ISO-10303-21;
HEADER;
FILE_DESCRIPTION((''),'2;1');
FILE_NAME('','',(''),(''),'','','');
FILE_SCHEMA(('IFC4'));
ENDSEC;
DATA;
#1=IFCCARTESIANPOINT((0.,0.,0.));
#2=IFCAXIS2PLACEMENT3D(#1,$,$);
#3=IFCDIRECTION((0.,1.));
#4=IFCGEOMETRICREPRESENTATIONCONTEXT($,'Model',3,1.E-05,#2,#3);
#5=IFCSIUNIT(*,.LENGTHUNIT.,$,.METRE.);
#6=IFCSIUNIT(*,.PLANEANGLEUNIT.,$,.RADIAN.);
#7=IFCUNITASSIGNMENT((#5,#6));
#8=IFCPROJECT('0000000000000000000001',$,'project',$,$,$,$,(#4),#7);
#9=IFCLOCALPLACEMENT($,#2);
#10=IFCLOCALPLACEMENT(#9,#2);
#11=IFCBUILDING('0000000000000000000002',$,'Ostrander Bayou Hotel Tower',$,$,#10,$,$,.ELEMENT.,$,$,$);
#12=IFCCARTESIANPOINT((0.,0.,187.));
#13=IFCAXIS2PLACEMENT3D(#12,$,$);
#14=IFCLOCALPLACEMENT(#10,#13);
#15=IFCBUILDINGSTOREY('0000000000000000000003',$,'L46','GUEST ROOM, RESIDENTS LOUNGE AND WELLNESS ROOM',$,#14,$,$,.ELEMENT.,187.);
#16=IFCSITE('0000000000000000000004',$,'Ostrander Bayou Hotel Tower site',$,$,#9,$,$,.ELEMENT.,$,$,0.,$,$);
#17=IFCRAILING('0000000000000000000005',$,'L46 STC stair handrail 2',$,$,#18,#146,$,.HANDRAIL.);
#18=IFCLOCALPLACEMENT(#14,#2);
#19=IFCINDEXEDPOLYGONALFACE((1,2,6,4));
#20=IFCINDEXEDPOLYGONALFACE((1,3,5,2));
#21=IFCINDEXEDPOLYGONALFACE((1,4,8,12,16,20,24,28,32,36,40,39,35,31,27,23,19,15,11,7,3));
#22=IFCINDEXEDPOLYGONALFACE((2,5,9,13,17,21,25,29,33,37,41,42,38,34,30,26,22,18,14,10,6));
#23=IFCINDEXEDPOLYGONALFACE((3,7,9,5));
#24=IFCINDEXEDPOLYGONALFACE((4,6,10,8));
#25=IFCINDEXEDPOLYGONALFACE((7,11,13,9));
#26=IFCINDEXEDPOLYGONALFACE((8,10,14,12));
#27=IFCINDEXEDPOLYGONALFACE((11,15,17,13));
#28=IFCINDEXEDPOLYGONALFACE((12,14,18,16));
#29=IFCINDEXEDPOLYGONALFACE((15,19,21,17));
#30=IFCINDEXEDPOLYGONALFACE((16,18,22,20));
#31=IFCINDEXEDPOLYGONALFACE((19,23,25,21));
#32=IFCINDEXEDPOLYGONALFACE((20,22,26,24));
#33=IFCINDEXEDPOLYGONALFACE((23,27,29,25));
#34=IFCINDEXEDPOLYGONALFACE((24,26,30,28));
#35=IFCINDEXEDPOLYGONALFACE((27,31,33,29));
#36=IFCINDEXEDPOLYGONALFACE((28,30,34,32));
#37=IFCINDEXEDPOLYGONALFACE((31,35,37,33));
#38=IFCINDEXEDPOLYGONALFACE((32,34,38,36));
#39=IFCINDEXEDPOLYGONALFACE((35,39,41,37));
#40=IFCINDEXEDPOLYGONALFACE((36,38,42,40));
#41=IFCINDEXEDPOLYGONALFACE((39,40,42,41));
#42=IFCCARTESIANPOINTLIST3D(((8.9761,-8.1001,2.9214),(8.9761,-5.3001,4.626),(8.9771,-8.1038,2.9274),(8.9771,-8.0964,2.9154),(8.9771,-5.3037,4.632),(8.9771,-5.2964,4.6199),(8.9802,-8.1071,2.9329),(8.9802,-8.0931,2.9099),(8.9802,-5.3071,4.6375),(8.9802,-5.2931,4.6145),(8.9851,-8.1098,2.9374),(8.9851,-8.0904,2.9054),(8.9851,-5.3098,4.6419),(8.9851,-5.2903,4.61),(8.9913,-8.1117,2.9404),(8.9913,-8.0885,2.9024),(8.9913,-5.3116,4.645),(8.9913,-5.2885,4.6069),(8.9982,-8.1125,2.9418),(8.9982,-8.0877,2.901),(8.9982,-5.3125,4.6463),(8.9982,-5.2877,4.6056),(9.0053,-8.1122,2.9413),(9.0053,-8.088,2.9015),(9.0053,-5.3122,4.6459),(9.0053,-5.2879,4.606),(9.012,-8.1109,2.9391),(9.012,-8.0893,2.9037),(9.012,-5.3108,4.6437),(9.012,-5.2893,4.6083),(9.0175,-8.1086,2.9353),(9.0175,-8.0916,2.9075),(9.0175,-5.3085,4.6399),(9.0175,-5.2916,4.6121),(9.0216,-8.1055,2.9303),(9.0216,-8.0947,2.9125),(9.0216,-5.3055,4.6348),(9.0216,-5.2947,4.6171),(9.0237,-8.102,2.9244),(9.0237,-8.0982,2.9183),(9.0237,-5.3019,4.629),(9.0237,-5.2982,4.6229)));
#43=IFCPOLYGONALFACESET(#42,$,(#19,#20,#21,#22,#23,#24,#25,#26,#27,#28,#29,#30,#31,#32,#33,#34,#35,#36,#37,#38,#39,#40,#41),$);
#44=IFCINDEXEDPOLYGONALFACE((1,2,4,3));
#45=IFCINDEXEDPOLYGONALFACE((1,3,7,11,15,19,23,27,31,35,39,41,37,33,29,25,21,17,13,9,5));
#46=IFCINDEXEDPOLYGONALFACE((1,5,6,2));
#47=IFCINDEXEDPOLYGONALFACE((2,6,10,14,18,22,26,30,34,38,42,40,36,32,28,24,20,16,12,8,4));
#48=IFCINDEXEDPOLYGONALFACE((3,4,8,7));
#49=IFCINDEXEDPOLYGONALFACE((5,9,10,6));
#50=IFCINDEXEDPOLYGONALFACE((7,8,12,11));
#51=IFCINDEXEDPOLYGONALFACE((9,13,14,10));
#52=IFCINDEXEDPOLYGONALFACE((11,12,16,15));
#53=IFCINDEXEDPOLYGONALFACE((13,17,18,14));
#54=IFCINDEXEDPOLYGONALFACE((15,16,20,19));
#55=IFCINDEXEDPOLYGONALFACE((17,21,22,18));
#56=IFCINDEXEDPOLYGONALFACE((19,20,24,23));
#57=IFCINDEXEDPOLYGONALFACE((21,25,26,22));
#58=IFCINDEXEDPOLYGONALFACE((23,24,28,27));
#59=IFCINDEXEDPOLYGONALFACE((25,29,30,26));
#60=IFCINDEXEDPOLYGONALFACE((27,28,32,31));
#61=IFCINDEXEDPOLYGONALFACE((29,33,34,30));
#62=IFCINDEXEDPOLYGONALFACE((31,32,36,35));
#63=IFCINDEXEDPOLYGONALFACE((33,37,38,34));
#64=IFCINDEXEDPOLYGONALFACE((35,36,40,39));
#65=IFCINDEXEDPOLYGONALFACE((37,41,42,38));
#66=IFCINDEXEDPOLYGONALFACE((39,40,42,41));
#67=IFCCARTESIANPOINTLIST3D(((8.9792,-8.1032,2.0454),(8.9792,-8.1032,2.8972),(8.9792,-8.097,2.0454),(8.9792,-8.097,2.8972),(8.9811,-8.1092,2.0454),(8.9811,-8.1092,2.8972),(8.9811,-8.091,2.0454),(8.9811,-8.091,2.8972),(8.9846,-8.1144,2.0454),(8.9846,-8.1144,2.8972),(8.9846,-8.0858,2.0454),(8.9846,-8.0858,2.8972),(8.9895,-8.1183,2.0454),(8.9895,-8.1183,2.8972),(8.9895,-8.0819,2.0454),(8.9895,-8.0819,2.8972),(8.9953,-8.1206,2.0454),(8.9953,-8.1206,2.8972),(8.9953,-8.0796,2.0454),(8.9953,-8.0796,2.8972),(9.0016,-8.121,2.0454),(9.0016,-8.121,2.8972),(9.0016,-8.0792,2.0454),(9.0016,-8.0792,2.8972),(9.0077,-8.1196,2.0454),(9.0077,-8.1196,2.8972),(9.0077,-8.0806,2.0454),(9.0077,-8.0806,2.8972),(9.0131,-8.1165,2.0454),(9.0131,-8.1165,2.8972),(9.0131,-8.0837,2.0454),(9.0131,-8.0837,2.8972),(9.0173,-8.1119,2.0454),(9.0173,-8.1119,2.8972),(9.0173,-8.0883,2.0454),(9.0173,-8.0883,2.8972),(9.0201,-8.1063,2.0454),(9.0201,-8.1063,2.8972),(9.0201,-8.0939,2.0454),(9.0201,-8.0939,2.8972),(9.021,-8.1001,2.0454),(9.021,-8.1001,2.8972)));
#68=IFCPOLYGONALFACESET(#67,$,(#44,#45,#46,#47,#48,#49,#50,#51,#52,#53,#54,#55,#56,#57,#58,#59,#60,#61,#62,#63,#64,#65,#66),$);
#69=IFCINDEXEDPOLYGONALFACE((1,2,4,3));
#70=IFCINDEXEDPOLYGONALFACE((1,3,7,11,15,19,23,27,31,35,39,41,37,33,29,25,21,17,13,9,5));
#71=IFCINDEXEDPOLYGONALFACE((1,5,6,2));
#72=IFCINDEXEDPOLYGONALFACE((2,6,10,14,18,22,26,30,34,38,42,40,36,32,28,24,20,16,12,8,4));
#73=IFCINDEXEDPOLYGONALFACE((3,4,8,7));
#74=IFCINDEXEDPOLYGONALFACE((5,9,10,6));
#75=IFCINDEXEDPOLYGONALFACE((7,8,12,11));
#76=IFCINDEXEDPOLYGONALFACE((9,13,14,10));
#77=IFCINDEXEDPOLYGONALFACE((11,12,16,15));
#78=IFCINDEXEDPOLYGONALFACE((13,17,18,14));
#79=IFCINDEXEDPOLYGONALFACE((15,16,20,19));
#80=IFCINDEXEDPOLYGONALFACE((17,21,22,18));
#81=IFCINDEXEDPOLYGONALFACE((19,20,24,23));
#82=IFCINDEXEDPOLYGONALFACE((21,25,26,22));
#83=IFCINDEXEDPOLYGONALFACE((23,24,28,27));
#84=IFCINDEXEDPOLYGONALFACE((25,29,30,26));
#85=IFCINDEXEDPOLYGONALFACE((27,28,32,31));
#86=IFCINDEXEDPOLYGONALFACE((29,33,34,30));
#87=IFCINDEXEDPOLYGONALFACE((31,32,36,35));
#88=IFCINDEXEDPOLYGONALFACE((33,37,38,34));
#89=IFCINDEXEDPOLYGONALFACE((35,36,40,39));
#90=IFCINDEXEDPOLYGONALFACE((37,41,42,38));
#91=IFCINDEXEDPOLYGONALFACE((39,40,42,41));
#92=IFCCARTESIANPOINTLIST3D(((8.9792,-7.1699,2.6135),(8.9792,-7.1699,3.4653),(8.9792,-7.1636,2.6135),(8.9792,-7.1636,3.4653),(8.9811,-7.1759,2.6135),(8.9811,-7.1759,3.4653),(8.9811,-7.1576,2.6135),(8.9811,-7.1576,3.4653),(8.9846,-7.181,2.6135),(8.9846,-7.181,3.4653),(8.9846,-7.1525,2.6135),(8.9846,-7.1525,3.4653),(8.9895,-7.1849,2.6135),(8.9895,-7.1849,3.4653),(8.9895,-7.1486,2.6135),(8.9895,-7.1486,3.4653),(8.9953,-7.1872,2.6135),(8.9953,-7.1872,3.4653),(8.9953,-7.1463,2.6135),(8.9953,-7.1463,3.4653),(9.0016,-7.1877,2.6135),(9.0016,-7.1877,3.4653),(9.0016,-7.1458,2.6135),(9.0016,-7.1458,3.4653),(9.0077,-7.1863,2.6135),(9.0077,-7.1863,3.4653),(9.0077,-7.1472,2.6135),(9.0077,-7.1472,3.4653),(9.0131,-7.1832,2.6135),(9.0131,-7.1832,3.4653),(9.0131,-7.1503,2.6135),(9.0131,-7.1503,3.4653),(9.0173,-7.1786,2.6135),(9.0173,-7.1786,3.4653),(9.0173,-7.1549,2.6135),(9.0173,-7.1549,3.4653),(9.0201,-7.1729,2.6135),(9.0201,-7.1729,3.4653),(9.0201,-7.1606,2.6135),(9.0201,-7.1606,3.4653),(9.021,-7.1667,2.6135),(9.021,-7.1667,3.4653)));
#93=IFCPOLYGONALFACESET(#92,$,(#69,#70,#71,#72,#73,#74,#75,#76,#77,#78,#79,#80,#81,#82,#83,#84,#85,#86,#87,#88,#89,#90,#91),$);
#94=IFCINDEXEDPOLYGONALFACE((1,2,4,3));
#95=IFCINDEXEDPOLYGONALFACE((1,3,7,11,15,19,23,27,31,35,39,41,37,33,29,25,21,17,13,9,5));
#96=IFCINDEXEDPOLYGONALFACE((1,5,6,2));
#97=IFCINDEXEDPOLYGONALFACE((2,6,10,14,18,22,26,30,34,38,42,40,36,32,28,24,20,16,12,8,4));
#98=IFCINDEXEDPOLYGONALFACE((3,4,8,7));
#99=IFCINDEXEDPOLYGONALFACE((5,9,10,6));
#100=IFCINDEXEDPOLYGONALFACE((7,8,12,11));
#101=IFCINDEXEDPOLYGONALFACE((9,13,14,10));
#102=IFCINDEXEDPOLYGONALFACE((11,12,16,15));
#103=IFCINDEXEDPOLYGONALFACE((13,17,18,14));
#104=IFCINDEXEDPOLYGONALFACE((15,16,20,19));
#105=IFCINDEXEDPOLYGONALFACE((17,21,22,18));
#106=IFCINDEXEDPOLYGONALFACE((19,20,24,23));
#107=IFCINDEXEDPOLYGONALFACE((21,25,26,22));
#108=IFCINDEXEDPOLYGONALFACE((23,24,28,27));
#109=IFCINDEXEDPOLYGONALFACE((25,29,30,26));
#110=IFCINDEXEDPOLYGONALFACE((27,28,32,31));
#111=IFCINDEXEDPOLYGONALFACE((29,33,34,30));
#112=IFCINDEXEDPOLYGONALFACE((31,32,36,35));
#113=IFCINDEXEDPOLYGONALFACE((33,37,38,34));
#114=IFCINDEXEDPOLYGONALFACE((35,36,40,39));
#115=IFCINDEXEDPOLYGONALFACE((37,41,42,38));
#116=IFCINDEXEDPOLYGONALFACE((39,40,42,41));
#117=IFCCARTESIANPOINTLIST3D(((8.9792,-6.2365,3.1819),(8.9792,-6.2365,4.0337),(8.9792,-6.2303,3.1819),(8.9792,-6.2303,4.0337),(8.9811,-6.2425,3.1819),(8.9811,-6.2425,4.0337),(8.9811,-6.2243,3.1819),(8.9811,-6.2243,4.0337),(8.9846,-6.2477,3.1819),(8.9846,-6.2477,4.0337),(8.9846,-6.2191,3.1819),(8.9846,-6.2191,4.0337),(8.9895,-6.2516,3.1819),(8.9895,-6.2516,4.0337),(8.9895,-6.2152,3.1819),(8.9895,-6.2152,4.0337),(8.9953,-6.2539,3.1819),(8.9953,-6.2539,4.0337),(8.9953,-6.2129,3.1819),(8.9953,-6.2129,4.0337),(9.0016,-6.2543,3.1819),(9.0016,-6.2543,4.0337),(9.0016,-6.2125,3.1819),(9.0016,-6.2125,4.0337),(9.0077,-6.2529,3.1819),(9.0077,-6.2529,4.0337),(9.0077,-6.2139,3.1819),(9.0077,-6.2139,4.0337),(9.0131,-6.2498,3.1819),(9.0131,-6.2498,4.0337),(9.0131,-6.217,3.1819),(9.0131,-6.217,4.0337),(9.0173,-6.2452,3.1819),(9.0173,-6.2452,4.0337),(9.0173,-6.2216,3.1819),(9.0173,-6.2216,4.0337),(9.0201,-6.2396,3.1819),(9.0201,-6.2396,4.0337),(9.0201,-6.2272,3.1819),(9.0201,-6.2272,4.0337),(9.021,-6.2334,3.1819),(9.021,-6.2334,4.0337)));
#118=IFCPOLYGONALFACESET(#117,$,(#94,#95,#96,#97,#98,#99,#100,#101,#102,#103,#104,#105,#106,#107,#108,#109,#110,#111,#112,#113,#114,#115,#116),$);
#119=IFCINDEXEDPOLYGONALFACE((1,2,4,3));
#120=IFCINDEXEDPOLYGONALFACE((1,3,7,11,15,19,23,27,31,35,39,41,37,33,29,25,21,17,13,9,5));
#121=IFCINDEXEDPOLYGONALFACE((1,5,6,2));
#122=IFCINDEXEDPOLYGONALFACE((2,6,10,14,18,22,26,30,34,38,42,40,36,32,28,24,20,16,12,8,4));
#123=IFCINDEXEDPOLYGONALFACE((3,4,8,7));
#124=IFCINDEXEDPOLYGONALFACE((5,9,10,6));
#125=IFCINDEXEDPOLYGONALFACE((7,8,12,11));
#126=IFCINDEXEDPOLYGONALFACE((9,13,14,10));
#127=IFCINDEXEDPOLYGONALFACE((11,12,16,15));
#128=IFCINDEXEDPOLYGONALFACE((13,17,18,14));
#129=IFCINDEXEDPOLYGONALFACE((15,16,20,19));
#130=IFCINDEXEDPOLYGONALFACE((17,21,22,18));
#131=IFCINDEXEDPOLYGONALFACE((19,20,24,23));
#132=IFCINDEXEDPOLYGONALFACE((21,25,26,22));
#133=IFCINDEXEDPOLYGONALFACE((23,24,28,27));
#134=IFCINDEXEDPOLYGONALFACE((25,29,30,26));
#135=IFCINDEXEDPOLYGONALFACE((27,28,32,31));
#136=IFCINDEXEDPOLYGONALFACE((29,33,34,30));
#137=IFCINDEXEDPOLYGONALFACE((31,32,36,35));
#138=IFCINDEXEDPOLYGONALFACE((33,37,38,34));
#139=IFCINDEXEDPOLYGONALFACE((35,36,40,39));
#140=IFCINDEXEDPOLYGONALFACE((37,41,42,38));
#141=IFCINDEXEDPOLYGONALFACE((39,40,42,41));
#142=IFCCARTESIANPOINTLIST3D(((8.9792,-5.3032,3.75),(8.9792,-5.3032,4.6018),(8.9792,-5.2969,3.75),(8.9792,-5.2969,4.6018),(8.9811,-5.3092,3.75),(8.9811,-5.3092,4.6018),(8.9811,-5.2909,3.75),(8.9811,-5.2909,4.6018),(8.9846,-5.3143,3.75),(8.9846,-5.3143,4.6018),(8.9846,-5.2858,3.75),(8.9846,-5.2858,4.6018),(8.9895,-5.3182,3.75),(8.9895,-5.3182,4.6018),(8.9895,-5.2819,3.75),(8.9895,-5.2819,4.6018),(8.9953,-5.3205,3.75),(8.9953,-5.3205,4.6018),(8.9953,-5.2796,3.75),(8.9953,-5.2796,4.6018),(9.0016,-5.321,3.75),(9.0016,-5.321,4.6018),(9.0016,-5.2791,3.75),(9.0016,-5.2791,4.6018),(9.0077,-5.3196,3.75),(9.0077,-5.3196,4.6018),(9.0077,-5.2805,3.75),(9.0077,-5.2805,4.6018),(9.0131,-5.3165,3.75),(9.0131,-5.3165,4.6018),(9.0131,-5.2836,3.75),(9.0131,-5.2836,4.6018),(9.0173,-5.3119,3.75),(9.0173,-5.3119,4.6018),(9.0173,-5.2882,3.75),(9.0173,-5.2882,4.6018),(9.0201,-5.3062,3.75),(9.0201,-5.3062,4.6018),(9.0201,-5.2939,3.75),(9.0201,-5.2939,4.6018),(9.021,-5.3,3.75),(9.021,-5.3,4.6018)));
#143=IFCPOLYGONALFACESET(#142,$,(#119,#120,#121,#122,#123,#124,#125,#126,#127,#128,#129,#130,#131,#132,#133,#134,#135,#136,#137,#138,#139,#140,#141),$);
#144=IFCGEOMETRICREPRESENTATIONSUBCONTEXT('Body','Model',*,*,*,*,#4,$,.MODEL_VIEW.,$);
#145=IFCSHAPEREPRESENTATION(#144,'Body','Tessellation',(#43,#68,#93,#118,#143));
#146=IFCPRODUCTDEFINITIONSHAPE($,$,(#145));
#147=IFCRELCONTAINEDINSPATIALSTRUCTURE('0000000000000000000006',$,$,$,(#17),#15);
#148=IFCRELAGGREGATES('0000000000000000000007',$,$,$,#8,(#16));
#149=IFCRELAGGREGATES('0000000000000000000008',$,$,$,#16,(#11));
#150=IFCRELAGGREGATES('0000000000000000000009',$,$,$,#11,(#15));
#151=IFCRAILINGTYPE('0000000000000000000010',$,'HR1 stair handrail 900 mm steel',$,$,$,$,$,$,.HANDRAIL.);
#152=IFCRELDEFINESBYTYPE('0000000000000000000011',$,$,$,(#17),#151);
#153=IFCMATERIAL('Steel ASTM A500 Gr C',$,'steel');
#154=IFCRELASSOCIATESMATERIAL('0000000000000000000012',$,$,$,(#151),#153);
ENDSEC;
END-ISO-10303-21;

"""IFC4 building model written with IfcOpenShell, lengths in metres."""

from ifc_helpers import new_model, si_unit, direction, frame, origin, origin_2d, place, context, subcontext, project, spatial, circle, extrude, material, type_object, element, save


model = new_model("IFC4")

# Units and contexts
model_context = context("Model", 3, precision=1e-05, world=origin(), true_north=direction((0.0, 1.0)))
body_context = subcontext(model_context, "Body", "Model", "MODEL_VIEW")
ifc_project = project(units=[si_unit("LENGTHUNIT", "METRE"), si_unit("PLANEANGLEUNIT", "RADIAN")], contexts=[model_context])

# Site, building, storey
site_placement = place(None, origin())
site = spatial("IfcSite", under=ifc_project, at=site_placement, Name="Ostrander Bayou Hotel Tower site", CompositionType="ELEMENT", RefElevation=0.0)
building_placement = place(site_placement, origin())
building = spatial("IfcBuilding", under=site, at=building_placement, Name="Ostrander Bayou Hotel Tower", CompositionType="ELEMENT")
storey_placement = place(building_placement, frame((0.0, 0.0, 187.0)))
storey = spatial("IfcBuildingStorey", under=building, at=storey_placement, Name="L46", Description="GUEST ROOM, RESIDENTS LOUNGE AND WELLNESS ROOM", CompositionType="ELEMENT", Elevation=187.0)

# Railing
ifc_material_1 = material(Name="Steel ASTM A500 Gr C", Category="steel")
railing_type_1 = type_object("IfcRailingType", Name="HR1 stair handrail 900 mm steel", PredefinedType="HANDRAIL", material=ifc_material_1)
railing_1_placement = place(storey_placement, frame((9.0, -8.1001, 2.0454)))
element("IfcRailing", 1, at=railing_1_placement, inside=storey, type_object=railing_type_1, Name="L46 STC stair handrail 2", PredefinedType="HANDRAIL", context=body_context, shape_type="SweptSolid", body=[
    extrude(circle(Radius=0.0239, at=origin_2d()), frame((0.0, 0.0, 0.876), z_axis=(0.0, 0.85417, 0.519994), x_axis=(-1.0, 0.0, 0.0)), (0.0, 0.0, 1.0), 3.2781),
    extrude(circle(Radius=0.021, at=origin_2d()), origin(), (0.0, 0.0, 1.0), 0.8518),
    extrude(circle(Radius=0.021, at=origin_2d()), frame((0.0, 0.9333, 0.5681)), (0.0, 0.0, 1.0), 0.8518),
    extrude(circle(Radius=0.021, at=origin_2d()), frame((0.0, 1.8667, 1.1365)), (0.0, 0.0, 1.0), 0.8518),
    extrude(circle(Radius=0.021, at=origin_2d()), frame((0.0, 2.8, 1.7046)), (0.0, 0.0, 1.0), 0.8518),
])

save(model, "model.ifc")
